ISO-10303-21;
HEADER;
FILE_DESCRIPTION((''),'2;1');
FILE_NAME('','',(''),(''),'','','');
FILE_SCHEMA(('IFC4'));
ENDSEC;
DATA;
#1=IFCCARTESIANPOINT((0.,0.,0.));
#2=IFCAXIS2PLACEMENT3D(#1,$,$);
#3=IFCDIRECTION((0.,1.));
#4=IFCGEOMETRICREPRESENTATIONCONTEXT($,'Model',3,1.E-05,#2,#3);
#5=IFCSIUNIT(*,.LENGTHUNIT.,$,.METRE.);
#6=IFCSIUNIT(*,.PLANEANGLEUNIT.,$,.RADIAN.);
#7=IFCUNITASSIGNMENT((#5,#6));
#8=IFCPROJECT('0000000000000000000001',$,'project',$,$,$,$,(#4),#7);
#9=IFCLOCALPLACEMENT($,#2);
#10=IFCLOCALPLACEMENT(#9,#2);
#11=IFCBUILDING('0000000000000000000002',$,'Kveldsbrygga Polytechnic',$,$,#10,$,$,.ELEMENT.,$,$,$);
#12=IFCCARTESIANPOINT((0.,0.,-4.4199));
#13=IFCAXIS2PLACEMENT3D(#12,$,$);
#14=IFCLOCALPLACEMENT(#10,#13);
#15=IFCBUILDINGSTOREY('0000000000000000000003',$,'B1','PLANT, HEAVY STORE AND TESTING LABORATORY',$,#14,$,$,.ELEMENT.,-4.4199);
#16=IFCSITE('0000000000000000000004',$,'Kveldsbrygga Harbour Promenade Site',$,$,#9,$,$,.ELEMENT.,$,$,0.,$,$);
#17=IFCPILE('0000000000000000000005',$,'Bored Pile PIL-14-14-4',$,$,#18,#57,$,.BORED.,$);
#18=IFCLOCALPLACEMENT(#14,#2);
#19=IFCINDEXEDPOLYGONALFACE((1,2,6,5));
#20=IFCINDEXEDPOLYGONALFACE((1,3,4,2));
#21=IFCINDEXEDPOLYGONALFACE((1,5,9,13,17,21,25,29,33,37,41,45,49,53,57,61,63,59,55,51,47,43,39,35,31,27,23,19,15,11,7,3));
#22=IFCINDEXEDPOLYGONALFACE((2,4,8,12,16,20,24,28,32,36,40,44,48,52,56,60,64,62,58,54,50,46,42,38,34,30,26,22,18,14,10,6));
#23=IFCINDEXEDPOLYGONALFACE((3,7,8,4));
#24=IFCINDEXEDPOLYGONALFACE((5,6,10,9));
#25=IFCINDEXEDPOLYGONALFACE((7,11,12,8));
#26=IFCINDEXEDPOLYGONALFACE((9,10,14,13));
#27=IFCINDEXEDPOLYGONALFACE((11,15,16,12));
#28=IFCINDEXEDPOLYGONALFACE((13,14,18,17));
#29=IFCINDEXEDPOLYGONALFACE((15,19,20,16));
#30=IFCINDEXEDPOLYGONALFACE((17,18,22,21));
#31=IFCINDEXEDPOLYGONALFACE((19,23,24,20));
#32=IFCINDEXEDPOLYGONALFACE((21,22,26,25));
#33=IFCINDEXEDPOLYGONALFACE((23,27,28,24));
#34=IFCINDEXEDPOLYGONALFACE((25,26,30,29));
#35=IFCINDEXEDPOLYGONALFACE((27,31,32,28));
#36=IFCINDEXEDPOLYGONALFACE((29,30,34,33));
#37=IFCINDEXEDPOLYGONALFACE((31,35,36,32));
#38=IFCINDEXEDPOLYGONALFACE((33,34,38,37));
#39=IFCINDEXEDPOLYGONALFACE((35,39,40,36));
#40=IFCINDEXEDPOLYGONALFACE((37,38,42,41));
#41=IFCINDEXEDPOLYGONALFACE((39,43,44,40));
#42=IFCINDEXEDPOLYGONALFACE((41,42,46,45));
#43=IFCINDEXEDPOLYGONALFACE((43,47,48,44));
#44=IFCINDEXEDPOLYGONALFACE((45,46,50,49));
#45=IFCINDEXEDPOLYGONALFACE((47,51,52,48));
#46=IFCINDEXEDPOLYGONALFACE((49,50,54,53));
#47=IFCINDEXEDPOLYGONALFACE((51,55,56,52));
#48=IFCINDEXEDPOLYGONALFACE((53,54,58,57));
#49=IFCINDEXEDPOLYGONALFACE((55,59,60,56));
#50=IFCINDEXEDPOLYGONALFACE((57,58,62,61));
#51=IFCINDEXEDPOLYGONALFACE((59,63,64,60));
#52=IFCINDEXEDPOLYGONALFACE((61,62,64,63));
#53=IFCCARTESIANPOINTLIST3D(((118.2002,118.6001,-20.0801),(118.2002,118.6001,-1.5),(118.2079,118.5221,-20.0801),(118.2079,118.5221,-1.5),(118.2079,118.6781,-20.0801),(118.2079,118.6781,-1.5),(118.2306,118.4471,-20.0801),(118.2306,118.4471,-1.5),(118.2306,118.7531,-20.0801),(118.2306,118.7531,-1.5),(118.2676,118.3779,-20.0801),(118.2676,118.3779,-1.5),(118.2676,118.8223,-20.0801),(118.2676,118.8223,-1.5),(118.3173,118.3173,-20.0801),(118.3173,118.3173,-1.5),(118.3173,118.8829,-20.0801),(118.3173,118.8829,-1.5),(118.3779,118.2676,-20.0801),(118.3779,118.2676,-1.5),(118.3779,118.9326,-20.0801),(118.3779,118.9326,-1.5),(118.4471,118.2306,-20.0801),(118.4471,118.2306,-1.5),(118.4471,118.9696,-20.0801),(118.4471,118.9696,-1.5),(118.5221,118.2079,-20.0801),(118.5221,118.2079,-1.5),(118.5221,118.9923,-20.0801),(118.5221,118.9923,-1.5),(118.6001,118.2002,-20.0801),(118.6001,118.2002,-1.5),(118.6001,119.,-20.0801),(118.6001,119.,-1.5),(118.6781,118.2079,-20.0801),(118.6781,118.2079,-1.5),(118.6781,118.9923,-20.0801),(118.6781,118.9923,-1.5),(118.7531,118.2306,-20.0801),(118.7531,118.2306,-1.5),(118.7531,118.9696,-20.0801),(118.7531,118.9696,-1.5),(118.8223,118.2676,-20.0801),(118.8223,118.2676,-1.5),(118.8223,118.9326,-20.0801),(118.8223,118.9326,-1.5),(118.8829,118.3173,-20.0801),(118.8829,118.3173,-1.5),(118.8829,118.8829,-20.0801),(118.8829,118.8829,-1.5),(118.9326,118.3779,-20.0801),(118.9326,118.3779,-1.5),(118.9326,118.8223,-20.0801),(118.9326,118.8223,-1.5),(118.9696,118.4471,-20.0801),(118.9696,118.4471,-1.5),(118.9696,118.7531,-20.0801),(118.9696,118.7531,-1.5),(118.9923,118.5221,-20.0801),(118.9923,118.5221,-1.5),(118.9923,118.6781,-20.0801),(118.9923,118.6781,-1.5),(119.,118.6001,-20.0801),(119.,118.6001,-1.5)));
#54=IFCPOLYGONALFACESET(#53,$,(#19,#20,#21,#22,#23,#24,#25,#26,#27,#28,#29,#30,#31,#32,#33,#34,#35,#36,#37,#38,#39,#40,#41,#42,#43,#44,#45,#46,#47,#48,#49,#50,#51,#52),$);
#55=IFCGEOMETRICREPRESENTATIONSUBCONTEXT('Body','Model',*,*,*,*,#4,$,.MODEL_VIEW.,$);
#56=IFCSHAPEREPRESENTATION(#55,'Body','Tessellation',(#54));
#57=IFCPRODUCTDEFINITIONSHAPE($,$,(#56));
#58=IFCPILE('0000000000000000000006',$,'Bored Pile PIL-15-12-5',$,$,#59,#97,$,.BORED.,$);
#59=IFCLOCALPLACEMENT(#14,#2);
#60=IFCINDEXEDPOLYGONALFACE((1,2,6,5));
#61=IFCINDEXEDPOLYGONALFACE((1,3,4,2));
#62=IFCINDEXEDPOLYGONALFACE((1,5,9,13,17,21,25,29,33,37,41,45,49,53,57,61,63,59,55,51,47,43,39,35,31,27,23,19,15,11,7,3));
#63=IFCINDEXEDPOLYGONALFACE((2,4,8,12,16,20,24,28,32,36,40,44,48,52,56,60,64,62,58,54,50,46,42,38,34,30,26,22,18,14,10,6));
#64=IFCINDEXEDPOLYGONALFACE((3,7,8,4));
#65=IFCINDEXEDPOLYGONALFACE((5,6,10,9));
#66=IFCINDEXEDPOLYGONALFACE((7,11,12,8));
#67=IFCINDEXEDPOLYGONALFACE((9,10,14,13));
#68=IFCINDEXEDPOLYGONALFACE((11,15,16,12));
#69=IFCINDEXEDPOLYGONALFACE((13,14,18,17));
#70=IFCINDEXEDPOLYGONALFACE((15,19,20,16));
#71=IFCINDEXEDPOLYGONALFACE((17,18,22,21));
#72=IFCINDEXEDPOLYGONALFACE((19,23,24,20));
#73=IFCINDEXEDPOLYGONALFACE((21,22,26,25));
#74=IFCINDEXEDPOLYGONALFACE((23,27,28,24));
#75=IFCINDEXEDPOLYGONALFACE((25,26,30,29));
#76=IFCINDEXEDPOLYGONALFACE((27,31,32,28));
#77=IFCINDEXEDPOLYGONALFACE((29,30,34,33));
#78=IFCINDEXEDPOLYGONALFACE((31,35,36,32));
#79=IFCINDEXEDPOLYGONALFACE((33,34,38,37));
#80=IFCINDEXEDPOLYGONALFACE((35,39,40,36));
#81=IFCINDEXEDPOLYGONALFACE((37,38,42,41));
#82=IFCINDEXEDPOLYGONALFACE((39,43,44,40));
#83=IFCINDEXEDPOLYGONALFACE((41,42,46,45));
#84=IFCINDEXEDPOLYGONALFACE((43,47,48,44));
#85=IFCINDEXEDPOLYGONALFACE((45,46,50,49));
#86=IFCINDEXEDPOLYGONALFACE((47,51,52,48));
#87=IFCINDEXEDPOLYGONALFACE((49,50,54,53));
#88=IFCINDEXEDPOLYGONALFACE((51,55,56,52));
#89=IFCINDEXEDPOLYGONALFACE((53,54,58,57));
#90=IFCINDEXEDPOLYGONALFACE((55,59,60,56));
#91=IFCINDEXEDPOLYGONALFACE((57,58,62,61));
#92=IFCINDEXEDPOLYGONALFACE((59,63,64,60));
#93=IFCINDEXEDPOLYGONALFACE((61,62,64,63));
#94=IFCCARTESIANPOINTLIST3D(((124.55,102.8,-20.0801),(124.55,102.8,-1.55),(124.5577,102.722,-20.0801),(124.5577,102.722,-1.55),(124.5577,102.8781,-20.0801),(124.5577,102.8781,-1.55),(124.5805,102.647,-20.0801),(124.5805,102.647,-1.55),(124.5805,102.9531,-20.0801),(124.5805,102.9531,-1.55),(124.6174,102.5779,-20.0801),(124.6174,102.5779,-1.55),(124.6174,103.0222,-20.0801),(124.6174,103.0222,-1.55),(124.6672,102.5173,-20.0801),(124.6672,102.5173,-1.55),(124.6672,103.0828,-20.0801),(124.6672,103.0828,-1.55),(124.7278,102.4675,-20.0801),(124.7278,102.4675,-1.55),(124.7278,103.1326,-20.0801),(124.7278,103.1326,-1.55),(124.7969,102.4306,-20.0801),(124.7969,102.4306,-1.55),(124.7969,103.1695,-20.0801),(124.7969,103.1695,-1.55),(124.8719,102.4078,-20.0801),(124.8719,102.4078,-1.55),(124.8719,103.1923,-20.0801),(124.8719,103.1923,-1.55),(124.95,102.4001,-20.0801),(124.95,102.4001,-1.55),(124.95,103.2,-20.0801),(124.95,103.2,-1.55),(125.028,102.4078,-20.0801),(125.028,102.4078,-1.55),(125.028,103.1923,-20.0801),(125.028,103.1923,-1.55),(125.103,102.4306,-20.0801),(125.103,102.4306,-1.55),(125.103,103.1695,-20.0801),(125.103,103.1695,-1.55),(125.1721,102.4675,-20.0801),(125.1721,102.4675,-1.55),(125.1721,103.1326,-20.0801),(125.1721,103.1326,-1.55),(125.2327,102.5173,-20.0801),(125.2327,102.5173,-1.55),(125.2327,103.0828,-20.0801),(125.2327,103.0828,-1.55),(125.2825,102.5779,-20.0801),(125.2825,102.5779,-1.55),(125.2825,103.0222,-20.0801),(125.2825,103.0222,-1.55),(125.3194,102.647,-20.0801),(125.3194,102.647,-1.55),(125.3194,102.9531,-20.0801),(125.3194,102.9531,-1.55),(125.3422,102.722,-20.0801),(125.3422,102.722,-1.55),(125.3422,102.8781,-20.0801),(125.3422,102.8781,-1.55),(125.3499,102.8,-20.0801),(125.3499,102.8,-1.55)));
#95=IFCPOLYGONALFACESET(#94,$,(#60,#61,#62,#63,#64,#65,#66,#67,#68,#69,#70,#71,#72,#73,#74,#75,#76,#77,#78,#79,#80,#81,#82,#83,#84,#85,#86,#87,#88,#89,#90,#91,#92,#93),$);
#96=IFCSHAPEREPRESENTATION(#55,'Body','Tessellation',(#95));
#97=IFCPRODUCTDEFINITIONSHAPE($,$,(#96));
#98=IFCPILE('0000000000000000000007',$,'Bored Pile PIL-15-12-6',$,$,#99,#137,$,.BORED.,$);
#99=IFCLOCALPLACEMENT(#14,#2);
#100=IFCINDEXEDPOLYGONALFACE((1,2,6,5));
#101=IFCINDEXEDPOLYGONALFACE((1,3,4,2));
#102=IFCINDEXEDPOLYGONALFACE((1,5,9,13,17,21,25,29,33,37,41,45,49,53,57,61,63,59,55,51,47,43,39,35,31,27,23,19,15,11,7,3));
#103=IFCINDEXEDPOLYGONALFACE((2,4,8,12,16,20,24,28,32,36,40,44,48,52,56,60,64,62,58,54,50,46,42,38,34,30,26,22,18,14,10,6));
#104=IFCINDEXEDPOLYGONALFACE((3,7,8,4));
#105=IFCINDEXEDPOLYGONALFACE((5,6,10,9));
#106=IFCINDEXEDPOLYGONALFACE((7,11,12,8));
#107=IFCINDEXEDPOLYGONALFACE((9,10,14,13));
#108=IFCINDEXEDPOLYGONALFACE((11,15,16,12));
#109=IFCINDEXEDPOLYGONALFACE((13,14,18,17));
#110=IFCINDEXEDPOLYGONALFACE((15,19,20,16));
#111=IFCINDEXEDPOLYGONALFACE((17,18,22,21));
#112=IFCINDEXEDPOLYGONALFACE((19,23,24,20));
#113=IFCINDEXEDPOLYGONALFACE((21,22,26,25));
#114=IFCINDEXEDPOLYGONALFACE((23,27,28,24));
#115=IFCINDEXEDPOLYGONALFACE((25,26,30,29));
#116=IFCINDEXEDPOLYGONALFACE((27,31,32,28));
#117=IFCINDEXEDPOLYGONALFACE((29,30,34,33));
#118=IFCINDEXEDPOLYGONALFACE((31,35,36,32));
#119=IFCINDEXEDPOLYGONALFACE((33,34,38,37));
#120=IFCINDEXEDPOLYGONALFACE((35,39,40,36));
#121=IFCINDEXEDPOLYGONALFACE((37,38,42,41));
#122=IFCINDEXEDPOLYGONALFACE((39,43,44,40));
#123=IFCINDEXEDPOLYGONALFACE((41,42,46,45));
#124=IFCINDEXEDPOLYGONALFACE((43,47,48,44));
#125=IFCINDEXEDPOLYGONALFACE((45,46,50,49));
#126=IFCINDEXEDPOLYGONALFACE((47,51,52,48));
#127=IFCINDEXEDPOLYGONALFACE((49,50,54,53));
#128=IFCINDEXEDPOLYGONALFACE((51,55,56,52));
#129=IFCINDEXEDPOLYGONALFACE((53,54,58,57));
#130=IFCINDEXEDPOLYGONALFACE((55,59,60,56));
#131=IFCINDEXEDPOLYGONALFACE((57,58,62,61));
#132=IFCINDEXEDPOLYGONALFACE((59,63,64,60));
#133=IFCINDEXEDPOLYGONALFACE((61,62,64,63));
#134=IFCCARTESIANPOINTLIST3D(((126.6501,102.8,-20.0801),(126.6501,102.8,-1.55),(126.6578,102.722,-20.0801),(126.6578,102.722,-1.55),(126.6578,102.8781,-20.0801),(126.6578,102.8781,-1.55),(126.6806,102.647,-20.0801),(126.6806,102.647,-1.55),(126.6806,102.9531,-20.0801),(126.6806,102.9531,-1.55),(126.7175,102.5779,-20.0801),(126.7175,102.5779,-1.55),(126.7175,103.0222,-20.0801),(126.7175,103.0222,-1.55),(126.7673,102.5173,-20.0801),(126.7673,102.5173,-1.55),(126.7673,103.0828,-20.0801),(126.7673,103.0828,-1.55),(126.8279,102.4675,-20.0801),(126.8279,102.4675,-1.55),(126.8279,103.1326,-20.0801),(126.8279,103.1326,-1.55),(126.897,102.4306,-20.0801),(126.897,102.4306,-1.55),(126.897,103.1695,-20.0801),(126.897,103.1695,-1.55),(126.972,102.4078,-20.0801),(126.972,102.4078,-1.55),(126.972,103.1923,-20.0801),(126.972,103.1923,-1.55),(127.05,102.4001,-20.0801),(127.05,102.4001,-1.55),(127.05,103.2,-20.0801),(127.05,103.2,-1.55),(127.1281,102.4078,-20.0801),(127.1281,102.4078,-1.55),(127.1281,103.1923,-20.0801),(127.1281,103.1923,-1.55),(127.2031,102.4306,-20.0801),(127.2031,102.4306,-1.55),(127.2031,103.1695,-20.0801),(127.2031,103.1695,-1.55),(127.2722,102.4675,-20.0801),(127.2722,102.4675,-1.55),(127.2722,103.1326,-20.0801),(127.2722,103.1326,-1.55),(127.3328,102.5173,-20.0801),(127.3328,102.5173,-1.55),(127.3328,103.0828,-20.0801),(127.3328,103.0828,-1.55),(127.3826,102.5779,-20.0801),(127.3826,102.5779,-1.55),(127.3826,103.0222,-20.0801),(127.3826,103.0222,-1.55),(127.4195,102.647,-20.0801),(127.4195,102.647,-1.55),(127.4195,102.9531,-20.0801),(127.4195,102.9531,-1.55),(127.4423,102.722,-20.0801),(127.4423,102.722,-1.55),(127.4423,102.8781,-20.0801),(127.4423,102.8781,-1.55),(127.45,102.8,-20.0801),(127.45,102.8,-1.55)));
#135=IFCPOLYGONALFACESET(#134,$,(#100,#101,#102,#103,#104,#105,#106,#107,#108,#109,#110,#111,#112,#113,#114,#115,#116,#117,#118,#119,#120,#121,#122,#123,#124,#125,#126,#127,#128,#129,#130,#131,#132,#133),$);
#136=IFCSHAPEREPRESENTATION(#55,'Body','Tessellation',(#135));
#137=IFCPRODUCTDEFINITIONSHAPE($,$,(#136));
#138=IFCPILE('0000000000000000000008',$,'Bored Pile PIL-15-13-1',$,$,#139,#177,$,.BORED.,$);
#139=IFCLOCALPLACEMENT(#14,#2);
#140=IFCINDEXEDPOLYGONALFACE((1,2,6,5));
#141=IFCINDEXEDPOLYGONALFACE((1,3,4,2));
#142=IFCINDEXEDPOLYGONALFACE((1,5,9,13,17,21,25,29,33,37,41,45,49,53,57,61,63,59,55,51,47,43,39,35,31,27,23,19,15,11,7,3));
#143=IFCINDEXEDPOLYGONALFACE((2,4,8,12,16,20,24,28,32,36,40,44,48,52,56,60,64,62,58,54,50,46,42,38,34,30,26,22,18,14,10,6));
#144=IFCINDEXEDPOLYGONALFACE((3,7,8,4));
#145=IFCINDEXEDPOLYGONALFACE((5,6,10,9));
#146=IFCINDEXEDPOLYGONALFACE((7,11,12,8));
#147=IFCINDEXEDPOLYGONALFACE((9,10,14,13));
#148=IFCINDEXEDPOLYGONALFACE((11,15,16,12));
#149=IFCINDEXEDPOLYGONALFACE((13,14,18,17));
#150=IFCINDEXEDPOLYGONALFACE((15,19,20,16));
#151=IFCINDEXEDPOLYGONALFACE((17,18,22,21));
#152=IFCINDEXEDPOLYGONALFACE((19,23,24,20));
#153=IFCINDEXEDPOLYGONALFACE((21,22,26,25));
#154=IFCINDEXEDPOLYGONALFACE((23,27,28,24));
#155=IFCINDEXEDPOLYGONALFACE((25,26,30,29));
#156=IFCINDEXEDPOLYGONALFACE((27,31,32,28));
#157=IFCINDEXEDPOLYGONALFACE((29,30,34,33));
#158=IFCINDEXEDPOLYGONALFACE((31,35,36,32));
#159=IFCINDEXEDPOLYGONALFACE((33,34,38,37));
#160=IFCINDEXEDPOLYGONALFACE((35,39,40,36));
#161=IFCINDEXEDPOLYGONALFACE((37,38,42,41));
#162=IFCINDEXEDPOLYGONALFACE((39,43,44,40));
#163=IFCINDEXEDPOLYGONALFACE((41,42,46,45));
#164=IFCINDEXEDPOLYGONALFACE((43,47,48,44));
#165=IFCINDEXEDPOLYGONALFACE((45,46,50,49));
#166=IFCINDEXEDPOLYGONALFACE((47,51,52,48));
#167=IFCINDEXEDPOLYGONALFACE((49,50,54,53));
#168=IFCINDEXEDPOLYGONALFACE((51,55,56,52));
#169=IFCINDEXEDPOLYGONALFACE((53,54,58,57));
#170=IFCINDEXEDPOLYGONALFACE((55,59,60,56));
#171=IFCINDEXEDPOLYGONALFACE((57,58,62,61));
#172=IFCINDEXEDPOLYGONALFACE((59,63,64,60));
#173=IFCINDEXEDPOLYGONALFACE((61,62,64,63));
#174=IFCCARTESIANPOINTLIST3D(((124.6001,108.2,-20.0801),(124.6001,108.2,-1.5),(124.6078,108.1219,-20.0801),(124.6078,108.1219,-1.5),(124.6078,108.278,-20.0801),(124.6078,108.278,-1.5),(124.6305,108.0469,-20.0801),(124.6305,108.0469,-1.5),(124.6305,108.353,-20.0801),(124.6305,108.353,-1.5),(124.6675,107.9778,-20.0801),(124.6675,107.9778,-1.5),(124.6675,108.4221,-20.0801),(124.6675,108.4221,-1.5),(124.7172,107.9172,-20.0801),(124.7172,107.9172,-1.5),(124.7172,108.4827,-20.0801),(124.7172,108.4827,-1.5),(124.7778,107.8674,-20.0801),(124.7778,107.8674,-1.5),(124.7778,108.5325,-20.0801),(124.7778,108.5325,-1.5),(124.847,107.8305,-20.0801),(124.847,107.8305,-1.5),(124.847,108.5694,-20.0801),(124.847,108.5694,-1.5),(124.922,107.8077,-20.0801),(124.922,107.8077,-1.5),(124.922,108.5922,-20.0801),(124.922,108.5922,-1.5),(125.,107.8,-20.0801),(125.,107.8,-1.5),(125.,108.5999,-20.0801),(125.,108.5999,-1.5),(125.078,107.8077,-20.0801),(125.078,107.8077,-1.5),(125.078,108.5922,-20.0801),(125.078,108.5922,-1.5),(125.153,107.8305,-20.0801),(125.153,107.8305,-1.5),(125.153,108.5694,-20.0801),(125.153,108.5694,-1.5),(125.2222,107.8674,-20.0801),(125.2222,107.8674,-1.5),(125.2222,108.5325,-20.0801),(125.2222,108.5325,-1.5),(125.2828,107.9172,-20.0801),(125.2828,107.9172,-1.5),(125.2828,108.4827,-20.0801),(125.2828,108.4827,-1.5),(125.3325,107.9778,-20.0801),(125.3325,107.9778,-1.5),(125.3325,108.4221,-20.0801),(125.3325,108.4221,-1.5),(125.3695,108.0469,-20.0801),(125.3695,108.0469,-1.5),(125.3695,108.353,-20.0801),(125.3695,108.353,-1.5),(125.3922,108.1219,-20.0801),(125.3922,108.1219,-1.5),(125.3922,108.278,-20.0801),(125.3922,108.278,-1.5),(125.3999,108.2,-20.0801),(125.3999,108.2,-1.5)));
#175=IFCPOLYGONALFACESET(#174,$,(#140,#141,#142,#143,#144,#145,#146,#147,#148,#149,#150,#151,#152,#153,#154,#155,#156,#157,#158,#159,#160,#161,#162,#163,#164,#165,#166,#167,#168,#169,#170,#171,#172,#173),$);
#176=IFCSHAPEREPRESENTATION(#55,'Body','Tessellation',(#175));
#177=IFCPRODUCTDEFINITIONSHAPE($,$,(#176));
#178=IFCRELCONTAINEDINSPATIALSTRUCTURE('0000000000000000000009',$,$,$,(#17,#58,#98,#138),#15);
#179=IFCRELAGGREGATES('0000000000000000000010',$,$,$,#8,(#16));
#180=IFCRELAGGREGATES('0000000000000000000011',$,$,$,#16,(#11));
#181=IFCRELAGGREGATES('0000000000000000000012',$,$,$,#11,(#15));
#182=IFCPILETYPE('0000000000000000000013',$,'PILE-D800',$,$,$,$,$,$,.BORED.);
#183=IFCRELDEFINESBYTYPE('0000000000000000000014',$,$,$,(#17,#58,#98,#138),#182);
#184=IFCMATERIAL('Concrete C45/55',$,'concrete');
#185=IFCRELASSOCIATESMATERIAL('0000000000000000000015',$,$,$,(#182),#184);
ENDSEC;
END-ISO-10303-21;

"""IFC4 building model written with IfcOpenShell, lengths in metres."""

from ifc_helpers import new_model, si_unit, direction, frame, origin, origin_2d, place, context, subcontext, project, spatial, circle, extrude, material, material_profile, profile_set, type_object, element, save


model = new_model("IFC4")

# Units and contexts
model_context = context("Model", 3, precision=1e-05, world=origin(), true_north=direction((0.0, 1.0)))
body_context = subcontext(model_context, "Body", "Model", "MODEL_VIEW")
ifc_project = project(units=[si_unit("LENGTHUNIT", "METRE"), si_unit("PLANEANGLEUNIT", "RADIAN")], contexts=[model_context])

# Site, building, storey
site_placement = place(None, origin())
site = spatial("IfcSite", under=ifc_project, at=site_placement, Name="Kveldsbrygga Harbour Promenade Site", CompositionType="ELEMENT", RefElevation=0.0)
building_placement = place(site_placement, origin())
building = spatial("IfcBuilding", under=site, at=building_placement, Name="Kveldsbrygga Polytechnic", CompositionType="ELEMENT")
storey_placement = place(building_placement, frame((0.0, 0.0, -4.4199)))
storey = spatial("IfcBuildingStorey", under=building, at=storey_placement, Name="B1", Description="PLANT, HEAVY STORE AND TESTING LABORATORY", CompositionType="ELEMENT", Elevation=-4.4199)

# Shared definitions
ifc_material_1 = material(Name="Concrete C45/55", Category="concrete")

# Piles
ifc_material_profile_1 = material_profile(ifc_material_1, circle(Radius=0.3999, at=origin_2d()), Name="PILE D800")
ifc_profile_set_1 = profile_set([ifc_material_profile_1], Name="Concrete C45/55")
pile_type = type_object("IfcPileType", Name="PILE-D800", PredefinedType="BORED", material=ifc_profile_set_1)
for number, where, z_axis, x_axis, name in (
    (1, (118.6001, 118.6001, -1.5), (0.0, 0.0, -1.0), (1.0, 0.0, 0.0), "Bored Pile PIL-14-14-4"),
):
    element("IfcPile", number, at=place(storey_placement, frame(where, z_axis=z_axis, x_axis=x_axis)), inside=storey, type_object=pile_type, Name=name, PredefinedType="BORED", context=body_context, shape_type="SweptSolid", body=[
        extrude(circle(Radius=0.3999, at=origin_2d()), origin(), (0.0, 0.0, 1.0), 18.5801),
    ])
for number, where, z_axis, x_axis, name in (
    (2, (124.95, 102.8, -1.55), (0.0, 0.0, -1.0), (1.0, 0.0, 0.0), "Bored Pile PIL-15-12-5"),
    (3, (127.05, 102.8, -1.55), (0.0, 0.0, -1.0), (1.0, 0.0, 0.0), "Bored Pile PIL-15-12-6"),
):
    element("IfcPile", number, at=place(storey_placement, frame(where, z_axis=z_axis, x_axis=x_axis)), inside=storey, type_object=pile_type, Name=name, PredefinedType="BORED", context=body_context, shape_type="SweptSolid", body=[
        extrude(circle(Radius=0.3999, at=origin_2d()), origin(), (0.0, 0.0, 1.0), 18.53),
    ])
for number, where, z_axis, x_axis, name in (
    (4, (125.0, 108.2, -1.5), (0.0, 0.0, -1.0), (1.0, 0.0, 0.0), "Bored Pile PIL-15-13-1"),
):
    element("IfcPile", number, at=place(storey_placement, frame(where, z_axis=z_axis, x_axis=x_axis)), inside=storey, type_object=pile_type, Name=name, PredefinedType="BORED", context=body_context, shape_type="SweptSolid", body=[
        extrude(circle(Radius=0.3999, at=origin_2d()), origin(), (0.0, 0.0, 1.0), 18.5801),
    ])

save(model, "model.ifc")
